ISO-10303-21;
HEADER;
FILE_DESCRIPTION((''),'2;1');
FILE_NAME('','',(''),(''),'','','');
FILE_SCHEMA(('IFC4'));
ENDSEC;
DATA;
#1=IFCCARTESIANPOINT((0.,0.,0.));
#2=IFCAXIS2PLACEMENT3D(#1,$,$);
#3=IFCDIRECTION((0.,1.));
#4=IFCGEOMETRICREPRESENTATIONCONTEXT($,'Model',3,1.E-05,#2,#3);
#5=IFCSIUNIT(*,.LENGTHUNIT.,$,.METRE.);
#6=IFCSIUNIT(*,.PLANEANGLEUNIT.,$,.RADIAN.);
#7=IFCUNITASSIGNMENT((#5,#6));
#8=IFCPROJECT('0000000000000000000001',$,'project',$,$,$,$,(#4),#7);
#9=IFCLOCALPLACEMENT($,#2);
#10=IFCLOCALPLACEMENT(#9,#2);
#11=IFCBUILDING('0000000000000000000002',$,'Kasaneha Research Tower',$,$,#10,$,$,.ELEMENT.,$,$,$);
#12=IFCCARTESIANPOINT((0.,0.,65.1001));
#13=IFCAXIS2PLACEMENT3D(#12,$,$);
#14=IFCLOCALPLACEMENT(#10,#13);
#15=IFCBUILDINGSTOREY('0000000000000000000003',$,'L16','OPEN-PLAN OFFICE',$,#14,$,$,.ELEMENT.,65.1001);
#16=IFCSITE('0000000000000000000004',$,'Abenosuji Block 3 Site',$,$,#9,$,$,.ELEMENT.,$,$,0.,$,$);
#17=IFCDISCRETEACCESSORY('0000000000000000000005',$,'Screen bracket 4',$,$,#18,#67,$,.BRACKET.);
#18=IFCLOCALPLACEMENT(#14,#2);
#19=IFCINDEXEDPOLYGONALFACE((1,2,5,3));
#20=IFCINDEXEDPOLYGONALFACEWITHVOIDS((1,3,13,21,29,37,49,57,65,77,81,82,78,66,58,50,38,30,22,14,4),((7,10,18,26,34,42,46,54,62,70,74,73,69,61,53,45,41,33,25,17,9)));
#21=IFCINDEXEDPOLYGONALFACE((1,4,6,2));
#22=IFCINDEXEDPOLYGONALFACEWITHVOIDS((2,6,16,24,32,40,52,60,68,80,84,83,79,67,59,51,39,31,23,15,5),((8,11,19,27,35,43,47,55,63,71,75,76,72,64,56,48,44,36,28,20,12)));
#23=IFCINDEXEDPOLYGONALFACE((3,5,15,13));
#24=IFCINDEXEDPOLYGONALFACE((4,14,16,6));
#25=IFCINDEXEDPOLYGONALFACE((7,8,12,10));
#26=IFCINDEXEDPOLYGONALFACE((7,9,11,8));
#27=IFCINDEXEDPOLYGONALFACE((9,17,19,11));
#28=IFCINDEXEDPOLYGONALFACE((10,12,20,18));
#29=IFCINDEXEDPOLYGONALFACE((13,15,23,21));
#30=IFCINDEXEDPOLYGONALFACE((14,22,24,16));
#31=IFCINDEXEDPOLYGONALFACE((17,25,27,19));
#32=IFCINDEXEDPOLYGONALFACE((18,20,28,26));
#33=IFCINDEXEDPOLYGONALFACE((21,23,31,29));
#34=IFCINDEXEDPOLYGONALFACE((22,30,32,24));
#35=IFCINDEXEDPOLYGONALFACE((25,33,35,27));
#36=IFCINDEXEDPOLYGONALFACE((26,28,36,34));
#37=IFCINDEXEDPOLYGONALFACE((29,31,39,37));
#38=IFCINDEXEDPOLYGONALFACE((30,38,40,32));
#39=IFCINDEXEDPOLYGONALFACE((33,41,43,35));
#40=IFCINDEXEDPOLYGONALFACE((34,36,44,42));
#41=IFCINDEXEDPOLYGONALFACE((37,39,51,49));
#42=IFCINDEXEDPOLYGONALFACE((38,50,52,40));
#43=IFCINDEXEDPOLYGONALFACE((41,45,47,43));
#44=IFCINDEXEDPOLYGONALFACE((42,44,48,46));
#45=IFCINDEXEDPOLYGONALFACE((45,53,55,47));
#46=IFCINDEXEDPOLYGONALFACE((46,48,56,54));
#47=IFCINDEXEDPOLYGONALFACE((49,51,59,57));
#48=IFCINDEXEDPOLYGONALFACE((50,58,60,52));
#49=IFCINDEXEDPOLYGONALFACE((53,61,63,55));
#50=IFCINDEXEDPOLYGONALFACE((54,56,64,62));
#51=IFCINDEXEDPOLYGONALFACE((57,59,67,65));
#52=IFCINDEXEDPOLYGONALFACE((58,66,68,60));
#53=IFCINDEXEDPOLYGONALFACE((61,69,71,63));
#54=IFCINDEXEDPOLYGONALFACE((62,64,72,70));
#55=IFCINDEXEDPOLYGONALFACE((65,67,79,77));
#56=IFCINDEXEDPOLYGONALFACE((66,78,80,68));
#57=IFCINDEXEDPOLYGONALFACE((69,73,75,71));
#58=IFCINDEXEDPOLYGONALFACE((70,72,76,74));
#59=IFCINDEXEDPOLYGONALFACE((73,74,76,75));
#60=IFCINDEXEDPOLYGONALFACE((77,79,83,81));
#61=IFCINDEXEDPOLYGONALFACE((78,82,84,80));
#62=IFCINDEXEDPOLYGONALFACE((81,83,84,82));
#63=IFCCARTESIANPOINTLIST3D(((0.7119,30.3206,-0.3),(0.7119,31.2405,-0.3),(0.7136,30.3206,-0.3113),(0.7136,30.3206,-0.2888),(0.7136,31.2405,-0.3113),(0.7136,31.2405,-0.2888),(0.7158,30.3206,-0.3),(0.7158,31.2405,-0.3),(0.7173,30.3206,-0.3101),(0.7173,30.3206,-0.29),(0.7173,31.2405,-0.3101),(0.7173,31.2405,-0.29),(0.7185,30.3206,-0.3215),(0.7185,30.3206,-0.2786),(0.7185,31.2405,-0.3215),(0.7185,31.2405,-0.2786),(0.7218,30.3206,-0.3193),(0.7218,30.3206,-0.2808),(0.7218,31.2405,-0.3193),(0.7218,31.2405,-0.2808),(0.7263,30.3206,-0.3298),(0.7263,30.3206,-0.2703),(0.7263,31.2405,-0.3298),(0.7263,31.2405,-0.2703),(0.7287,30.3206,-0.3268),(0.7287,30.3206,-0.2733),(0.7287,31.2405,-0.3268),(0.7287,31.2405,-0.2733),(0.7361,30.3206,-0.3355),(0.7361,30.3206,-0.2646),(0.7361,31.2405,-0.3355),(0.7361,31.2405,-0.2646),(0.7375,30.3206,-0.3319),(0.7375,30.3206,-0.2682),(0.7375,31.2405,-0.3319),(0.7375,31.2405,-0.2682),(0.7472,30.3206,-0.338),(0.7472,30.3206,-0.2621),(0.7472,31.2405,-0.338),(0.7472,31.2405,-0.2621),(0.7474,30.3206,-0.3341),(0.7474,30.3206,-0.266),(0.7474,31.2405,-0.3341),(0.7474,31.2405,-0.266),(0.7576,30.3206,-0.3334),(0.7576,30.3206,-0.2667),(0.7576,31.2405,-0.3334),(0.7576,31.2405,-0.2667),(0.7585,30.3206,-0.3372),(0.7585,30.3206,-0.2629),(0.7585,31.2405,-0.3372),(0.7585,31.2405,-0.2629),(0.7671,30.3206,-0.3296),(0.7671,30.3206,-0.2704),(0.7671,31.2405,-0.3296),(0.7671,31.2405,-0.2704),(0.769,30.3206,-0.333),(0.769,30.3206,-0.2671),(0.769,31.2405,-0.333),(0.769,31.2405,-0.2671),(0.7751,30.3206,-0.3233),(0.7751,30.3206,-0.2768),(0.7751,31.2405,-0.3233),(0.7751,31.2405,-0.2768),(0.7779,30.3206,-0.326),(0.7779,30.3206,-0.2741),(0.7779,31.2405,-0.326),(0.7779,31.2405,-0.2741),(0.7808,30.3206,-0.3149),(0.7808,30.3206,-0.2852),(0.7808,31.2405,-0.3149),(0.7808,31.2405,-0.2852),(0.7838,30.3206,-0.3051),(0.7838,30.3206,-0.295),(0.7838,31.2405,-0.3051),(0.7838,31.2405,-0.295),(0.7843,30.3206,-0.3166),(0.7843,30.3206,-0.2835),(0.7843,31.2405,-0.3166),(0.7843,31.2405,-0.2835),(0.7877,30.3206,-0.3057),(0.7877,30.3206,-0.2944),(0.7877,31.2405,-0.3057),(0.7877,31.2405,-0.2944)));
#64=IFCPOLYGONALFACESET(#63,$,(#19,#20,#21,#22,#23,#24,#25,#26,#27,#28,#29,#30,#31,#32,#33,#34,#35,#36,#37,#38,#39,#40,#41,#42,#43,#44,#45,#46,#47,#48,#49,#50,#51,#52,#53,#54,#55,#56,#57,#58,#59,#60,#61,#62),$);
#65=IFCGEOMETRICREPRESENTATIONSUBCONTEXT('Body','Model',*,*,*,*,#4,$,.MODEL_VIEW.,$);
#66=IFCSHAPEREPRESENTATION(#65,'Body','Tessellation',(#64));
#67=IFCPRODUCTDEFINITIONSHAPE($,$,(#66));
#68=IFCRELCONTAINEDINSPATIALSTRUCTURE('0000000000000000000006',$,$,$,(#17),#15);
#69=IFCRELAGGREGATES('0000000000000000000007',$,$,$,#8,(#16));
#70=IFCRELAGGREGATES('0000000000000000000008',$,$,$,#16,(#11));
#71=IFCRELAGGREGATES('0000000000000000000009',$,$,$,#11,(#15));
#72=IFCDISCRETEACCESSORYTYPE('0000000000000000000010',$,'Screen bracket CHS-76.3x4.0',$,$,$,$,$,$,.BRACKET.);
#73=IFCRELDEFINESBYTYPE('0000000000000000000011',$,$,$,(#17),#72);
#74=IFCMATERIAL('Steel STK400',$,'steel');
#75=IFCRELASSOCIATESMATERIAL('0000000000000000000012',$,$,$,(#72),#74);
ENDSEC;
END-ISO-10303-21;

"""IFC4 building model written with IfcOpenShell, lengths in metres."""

from ifc_helpers import new_model, si_unit, direction, frame, origin, origin_2d, place, context, subcontext, project, spatial, hollow_circle, extrude, material, material_profile, profile_set, type_object, element, save


model = new_model("IFC4")

# Units and contexts
model_context = context("Model", 3, precision=1e-05, world=origin(), true_north=direction((0.0, 1.0)))
body_context = subcontext(model_context, "Body", "Model", "MODEL_VIEW")
ifc_project = project(units=[si_unit("LENGTHUNIT", "METRE"), si_unit("PLANEANGLEUNIT", "RADIAN")], contexts=[model_context])

# Site, building, storey
site_placement = place(None, origin())
site = spatial("IfcSite", under=ifc_project, at=site_placement, Name="Abenosuji Block 3 Site", CompositionType="ELEMENT", RefElevation=0.0)
building_placement = place(site_placement, origin())
building = spatial("IfcBuilding", under=site, at=building_placement, Name="Kasaneha Research Tower", CompositionType="ELEMENT")
storey_placement = place(building_placement, frame((0.0, 0.0, 65.1001)))
storey = spatial("IfcBuildingStorey", under=building, at=storey_placement, Name="L16", Description="OPEN-PLAN OFFICE", CompositionType="ELEMENT", Elevation=65.1001)

# Discrete accessory
ifc_material_1 = material(Name="Steel STK400", Category="steel")
ifc_material_profile_1 = material_profile(ifc_material_1, hollow_circle(Radius=0.0381, WallThickness=0.0039, at=origin_2d()), Name="CHS-76.3x4.0")
ifc_profile_set_1 = profile_set([ifc_material_profile_1], Name="Steel STK400")
discrete_accessory_type = type_object("IfcDiscreteAccessoryType", Name="Screen bracket CHS-76.3x4.0", PredefinedType="BRACKET", material=ifc_profile_set_1)
for number, where, z_axis, x_axis, name in (
    (1, (0.75, 30.3206, -0.3), (0.0, 1.0, 0.0), (-1.0, 0.0, 0.0), "Screen bracket 4"),
):
    element("IfcDiscreteAccessory", number, at=place(storey_placement, frame(where, z_axis=z_axis, x_axis=x_axis)), inside=storey, type_object=discrete_accessory_type, Name=name, PredefinedType="BRACKET", context=body_context, shape_type="SweptSolid", body=[
        extrude(hollow_circle(Radius=0.0381, WallThickness=0.0039, at=origin_2d()), origin(), (0.0, 0.0, 1.0), 0.9199),
    ])

save(model, "model.ifc")
